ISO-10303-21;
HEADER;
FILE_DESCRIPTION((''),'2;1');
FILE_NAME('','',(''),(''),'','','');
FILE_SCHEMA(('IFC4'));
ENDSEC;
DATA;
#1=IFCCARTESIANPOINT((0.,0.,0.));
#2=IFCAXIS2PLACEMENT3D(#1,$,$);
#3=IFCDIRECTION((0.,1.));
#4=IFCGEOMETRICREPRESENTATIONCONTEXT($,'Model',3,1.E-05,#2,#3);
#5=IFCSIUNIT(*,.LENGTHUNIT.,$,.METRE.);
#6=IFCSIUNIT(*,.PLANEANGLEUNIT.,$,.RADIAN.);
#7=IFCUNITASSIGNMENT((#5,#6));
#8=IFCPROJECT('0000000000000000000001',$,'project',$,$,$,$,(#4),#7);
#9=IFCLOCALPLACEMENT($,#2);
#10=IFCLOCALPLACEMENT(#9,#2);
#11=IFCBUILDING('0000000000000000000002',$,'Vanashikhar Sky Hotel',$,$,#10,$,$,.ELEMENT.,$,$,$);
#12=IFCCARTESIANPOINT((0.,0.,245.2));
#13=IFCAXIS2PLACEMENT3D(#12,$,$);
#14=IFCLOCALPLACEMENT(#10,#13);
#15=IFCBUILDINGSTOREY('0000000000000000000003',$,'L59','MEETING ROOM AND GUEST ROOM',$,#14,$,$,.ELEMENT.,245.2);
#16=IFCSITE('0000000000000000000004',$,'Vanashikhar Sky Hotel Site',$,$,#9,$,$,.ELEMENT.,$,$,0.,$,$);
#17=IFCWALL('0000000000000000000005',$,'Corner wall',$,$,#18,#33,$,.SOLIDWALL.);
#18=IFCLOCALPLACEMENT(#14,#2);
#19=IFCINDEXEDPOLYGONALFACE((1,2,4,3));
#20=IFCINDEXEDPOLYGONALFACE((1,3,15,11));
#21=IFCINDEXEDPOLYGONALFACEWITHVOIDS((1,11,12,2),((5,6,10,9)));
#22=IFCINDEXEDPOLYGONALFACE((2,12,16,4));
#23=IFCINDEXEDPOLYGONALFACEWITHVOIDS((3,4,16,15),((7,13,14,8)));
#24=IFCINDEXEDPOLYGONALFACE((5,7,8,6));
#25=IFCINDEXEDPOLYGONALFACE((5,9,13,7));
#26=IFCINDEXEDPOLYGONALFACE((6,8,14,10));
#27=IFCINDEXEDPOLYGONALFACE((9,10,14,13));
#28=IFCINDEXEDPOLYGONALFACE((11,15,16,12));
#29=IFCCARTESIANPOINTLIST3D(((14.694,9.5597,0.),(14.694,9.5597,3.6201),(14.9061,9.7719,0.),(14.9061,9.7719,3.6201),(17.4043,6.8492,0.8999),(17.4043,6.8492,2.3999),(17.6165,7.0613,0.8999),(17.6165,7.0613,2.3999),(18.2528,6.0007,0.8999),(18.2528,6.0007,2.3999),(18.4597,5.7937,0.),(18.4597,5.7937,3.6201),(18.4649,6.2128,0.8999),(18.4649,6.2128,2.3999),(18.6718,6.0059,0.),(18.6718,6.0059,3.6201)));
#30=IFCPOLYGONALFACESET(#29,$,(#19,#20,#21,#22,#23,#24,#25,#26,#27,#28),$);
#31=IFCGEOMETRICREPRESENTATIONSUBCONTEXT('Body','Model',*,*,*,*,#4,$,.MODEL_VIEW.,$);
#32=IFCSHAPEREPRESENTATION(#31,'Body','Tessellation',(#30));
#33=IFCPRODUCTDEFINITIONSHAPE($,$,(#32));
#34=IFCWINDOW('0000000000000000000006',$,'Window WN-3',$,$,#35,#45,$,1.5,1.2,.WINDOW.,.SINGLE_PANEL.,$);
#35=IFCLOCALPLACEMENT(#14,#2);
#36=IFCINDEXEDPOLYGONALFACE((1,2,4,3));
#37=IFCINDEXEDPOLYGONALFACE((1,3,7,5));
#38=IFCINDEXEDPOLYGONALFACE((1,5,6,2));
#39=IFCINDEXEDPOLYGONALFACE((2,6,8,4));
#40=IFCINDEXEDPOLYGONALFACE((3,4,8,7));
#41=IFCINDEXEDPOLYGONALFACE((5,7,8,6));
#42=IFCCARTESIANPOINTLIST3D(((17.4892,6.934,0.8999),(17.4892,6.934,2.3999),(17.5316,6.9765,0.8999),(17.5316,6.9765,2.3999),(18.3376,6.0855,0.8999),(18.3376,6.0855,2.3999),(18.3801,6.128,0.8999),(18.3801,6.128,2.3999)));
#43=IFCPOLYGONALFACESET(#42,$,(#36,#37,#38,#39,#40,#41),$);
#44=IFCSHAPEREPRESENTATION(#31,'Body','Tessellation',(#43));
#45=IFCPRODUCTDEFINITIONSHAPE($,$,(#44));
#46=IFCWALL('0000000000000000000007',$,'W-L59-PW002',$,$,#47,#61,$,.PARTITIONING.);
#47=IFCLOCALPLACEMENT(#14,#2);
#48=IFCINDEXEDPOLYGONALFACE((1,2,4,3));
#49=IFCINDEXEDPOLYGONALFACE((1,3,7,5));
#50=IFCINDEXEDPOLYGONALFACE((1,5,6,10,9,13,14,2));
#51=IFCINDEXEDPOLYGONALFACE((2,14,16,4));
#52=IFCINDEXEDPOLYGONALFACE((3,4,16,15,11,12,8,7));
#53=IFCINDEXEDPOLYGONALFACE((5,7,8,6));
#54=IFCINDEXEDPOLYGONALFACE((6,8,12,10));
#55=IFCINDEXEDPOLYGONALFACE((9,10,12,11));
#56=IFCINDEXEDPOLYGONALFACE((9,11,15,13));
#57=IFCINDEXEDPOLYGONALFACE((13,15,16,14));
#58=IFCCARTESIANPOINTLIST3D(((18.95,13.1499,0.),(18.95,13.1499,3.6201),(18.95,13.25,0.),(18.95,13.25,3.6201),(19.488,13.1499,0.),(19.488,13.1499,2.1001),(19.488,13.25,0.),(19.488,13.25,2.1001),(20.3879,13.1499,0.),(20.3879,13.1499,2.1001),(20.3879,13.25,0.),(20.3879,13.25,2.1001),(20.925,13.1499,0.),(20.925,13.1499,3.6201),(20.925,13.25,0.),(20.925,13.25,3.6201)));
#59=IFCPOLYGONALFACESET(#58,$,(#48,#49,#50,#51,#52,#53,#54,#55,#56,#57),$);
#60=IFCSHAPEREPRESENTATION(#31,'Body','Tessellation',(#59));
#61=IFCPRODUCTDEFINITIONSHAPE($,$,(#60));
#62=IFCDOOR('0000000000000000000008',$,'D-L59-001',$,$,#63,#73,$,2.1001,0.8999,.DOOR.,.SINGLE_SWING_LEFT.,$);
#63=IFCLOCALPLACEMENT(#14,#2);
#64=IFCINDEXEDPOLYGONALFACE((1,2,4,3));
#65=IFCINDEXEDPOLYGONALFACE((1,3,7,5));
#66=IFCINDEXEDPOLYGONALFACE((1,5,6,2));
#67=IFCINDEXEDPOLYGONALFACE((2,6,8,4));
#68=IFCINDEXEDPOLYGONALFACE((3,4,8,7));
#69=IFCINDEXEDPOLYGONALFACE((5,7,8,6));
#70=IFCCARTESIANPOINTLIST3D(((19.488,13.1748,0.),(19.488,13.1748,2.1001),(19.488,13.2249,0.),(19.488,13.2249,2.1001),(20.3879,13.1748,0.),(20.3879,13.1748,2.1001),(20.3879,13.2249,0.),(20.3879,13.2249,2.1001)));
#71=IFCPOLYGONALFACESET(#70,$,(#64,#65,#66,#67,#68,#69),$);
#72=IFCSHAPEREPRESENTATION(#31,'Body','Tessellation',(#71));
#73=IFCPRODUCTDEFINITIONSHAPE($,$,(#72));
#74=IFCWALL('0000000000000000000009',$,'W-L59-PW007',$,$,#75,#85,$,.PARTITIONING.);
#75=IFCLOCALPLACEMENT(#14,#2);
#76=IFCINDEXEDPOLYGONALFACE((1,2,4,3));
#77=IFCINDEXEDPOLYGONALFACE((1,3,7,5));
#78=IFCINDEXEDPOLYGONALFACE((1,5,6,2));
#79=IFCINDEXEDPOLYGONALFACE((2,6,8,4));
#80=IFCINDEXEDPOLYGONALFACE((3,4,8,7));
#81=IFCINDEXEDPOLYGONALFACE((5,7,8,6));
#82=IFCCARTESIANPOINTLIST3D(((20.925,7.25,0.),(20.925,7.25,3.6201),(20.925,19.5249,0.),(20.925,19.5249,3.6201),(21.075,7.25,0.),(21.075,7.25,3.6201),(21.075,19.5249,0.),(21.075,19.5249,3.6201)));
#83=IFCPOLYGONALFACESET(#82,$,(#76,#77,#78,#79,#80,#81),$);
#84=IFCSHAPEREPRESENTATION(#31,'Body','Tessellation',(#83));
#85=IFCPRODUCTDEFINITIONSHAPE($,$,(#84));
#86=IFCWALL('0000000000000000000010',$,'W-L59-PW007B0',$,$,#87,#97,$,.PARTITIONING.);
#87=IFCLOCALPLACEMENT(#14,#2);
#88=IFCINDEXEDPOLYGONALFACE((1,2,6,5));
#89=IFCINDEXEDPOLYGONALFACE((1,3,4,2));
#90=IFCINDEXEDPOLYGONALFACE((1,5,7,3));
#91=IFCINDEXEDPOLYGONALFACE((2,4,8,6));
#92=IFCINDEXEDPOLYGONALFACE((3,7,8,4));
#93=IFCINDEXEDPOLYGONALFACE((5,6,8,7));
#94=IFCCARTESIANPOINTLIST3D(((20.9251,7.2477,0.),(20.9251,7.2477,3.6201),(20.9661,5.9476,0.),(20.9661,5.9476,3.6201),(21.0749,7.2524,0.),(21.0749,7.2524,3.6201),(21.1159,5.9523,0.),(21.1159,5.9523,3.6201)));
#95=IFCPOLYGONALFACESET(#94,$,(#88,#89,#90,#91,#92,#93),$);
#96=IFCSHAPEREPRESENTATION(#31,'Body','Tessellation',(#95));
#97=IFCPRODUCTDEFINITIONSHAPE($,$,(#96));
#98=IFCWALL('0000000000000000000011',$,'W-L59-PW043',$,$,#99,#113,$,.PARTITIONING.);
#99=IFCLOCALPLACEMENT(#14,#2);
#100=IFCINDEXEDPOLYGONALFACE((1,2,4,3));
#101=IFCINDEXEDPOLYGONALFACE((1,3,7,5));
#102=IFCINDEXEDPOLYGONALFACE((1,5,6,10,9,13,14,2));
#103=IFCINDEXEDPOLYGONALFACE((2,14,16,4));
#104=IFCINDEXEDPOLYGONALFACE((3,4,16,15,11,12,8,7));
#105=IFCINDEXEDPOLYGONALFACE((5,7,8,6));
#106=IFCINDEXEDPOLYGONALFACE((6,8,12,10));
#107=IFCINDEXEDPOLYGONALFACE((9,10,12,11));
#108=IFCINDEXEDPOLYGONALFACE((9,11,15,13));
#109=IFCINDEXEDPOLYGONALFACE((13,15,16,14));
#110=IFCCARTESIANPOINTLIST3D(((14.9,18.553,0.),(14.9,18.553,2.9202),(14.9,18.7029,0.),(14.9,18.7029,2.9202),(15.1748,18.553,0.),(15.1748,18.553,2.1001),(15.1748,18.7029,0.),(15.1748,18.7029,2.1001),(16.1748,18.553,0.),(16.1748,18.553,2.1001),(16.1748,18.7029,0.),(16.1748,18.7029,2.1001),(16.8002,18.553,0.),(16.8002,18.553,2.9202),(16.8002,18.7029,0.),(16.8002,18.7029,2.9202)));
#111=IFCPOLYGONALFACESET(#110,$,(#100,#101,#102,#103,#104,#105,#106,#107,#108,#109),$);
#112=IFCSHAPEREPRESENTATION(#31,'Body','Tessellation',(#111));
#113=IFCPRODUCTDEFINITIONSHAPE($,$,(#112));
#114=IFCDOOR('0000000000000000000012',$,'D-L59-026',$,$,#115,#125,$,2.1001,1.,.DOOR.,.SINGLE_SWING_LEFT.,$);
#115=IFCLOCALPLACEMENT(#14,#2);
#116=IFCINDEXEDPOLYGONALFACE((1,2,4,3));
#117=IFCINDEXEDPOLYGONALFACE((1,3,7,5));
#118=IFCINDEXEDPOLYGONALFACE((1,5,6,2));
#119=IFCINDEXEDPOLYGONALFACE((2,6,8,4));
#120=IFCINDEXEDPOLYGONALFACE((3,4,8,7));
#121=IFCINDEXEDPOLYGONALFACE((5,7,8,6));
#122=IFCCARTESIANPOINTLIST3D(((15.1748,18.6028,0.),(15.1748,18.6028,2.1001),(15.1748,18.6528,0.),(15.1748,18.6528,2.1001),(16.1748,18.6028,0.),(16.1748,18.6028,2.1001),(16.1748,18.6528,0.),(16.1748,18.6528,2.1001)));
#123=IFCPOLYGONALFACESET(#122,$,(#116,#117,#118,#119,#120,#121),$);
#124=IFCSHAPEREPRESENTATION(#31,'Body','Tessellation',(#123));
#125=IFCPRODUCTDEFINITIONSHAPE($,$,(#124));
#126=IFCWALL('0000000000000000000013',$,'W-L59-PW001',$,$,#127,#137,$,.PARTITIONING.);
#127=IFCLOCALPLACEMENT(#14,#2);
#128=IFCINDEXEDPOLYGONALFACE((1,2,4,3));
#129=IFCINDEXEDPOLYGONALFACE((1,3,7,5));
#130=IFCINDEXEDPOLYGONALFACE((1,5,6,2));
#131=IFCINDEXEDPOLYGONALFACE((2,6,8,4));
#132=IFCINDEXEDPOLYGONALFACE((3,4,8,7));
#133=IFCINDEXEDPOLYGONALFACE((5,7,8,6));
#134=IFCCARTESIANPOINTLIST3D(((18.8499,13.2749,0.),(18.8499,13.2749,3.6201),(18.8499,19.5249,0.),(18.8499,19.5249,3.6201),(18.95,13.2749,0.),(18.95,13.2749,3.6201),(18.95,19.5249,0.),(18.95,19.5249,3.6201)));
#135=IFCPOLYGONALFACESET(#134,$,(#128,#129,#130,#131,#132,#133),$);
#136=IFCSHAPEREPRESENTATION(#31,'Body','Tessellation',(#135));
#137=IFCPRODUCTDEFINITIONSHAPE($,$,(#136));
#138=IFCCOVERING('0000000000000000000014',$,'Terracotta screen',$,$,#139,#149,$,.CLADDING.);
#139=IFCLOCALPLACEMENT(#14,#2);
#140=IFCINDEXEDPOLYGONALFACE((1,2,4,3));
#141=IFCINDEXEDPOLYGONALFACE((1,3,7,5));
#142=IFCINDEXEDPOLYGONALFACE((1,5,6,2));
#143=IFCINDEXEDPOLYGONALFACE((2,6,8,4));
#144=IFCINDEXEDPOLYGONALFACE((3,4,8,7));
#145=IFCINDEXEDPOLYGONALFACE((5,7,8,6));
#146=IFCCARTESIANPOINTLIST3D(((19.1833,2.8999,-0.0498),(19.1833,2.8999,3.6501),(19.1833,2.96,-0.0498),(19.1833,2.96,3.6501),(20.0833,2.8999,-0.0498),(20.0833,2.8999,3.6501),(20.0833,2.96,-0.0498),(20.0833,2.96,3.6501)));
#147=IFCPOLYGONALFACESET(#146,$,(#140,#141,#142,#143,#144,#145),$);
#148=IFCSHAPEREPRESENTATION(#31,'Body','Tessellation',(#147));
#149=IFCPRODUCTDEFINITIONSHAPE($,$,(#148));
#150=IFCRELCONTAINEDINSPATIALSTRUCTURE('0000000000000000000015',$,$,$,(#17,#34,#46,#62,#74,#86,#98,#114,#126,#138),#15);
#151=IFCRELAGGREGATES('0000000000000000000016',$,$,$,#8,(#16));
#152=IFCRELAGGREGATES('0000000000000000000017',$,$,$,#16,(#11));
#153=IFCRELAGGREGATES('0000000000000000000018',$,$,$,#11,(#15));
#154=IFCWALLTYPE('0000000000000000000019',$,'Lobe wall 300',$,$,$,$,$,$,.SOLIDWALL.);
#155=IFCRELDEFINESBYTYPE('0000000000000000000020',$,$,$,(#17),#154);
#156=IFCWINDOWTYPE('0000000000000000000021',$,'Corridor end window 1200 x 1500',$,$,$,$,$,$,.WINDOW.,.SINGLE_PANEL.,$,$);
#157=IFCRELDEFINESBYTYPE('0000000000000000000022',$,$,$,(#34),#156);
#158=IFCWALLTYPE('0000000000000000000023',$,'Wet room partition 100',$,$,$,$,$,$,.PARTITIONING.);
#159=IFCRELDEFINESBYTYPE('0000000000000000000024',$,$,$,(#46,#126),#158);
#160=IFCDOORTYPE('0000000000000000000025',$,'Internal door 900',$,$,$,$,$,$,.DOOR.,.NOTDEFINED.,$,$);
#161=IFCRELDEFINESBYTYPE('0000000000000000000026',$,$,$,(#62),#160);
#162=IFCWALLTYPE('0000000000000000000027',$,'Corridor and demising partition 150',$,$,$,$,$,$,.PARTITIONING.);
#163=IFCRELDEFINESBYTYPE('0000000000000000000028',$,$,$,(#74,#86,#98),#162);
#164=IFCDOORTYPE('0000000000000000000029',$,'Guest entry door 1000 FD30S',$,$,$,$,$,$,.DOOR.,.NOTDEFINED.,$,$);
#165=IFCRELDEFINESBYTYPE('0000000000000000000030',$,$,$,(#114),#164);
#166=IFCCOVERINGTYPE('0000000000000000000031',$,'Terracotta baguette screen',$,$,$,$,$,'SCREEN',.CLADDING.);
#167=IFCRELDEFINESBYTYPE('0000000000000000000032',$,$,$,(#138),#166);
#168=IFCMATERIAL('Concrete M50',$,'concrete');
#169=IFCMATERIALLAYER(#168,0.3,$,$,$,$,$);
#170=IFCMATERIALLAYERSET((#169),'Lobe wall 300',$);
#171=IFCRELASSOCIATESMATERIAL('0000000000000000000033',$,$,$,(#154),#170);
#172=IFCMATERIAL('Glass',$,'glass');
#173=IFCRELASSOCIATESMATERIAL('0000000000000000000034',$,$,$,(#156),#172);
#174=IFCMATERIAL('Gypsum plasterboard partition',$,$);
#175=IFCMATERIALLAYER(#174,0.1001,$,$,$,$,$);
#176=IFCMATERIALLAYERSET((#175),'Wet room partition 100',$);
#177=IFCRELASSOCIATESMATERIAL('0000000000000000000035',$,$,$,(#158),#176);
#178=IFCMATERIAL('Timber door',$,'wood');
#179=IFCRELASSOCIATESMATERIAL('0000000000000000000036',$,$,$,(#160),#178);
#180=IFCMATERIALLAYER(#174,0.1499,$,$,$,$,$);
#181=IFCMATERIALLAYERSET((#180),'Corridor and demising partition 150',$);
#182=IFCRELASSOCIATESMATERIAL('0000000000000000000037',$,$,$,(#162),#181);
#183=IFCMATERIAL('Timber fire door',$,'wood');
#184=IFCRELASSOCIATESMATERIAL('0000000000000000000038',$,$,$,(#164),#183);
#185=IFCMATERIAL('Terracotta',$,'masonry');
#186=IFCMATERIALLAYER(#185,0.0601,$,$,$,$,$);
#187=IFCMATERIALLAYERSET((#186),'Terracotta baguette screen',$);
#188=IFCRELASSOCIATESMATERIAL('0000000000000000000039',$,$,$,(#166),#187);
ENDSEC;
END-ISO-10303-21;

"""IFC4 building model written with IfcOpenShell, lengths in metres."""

from ifc_helpers import new_model, si_unit, direction, frame, frame_2d, origin, origin_2d, place, context, subcontext, project, spatial, rectangle, extrude, source, transform, mapped, material, layer, layer_set, type_object, element, fill, save


model = new_model("IFC4")

# Units and contexts
model_context = context("Model", 3, precision=1e-05, world=origin(), true_north=direction((0.0, 1.0)))
body_context = subcontext(model_context, "Body", "Model", "MODEL_VIEW")
ifc_project = project(units=[si_unit("LENGTHUNIT", "METRE"), si_unit("PLANEANGLEUNIT", "RADIAN")], contexts=[model_context])

# Site, building, storey
site_placement = place(None, origin())
site = spatial("IfcSite", under=ifc_project, at=site_placement, Name="Vanashikhar Sky Hotel Site", CompositionType="ELEMENT", RefElevation=0.0)
building_placement = place(site_placement, origin())
building = spatial("IfcBuilding", under=site, at=building_placement, Name="Vanashikhar Sky Hotel", CompositionType="ELEMENT")
storey_placement = place(building_placement, frame((0.0, 0.0, 245.2)))
storey = spatial("IfcBuildingStorey", under=building, at=storey_placement, Name="L59", Description="MEETING ROOM AND GUEST ROOM", CompositionType="ELEMENT", Elevation=245.2)

# Shared definitions
ifc_material_1 = material(Name="Concrete M50", Category="concrete")

# Shared definitions
ifc_material_2 = material(Name="Glass", Category="glass")

# Wall, opening, window
ifc_layer_1 = layer(ifc_material_1, 0.3)
ifc_layer_set_1 = layer_set([ifc_layer_1], Name="Lobe wall 300")
wall_type_1 = type_object("IfcWallType", Name="Lobe wall 300", PredefinedType="SOLIDWALL", material=ifc_layer_set_1)
shared_shape_1 = source(origin(), body_context, "Body", "SweptSolid", [
    extrude(rectangle(XDim=5.3257, YDim=0.3, at=frame_2d((2.6628, 0.0))), origin(), (0.0, 0.0, 1.0), 3.6201),
])
wall_1_placement = place(storey_placement, frame((14.8, 9.6658, 0.0), z_axis=(0.0, 0.0, 1.0), x_axis=(0.707084, -0.70713, 0.0)))
wall_1 = element("IfcWall", 1, at=wall_1_placement, inside=storey, type_object=wall_type_1, Name="Corner wall", PredefinedType="SOLIDWALL", context=body_context, shape_type="MappedRepresentation", body=[
    mapped(shared_shape_1, transform((0.0, 0.0, 0.0), scale=1.0)),
])
shared_shape_2 = source(origin(), body_context, "Body", "SweptSolid", [
    extrude(rectangle(XDim=1.2, YDim=1.5, at=frame_2d((0.6001, 0.75))), frame((0.0, 0.1602, 0.0), z_axis=(0.0, -1.0, 0.0), x_axis=(1.0, 0.0, 0.0)), (0.0, 0.0, 1.0), 0.3201),
])
opening_1_placement = place(wall_1_placement, frame((3.833, 0.0, 0.8999)))
opening_1 = element("IfcOpeningElement", 2, at=opening_1_placement, cuts=wall_1, PredefinedType="OPENING", context=body_context, shape_type="MappedRepresentation", body=[
    mapped(shared_shape_2, transform((0.0, 0.0, 0.0), scale=1.0)),
])
window_type_1 = type_object("IfcWindowType", Name="Corridor end window 1200 x 1500", PartitioningType="SINGLE_PANEL", PredefinedType="WINDOW", material=ifc_material_2)
shared_shape_3 = source(origin(), body_context, "Body", "SweptSolid", [
    extrude(rectangle(XDim=1.2, YDim=1.5, at=frame_2d((0.6001, 0.75))), frame((0.0, 0.03, 0.0), z_axis=(0.0, -1.0, 0.0), x_axis=(1.0, 0.0, 0.0)), (0.0, 0.0, 1.0), 0.0601),
])
window_1_placement = place(opening_1_placement, origin())
window_1 = element("IfcWindow", 3, at=window_1_placement, inside=storey, type_object=window_type_1, Name="Window WN-3", OverallHeight=1.5, OverallWidth=1.2, PartitioningType="SINGLE_PANEL", PredefinedType="WINDOW", context=body_context, shape_type="MappedRepresentation", body=[
    mapped(shared_shape_3, transform((0.0, 0.0, 0.0), scale=1.0)),
])
fill(opening_1, window_1)

# Wall, opening, door
ifc_material_3 = material(Name="Gypsum plasterboard partition")
ifc_layer_2 = layer(ifc_material_3, 0.1001)
ifc_layer_set_2 = layer_set([ifc_layer_2], Name="Wet room partition 100")
wall_type_2 = type_object("IfcWallType", Name="Wet room partition 100", PredefinedType="PARTITIONING", material=ifc_layer_set_2)
shared_shape_4 = source(origin(), body_context, "Body", "SweptSolid", [
    extrude(rectangle(XDim=1.9751, YDim=0.1001, at=frame_2d((0.9875, 0.0))), origin(), (0.0, 0.0, 1.0), 3.6201),
])
wall_2_placement = place(storey_placement, frame((18.95, 13.2, 0.0), z_axis=(0.0, 0.0, 1.0), x_axis=(1.0, 0.0, 0.0)))
wall_2 = element("IfcWall", 4, at=wall_2_placement, inside=storey, type_object=wall_type_2, Name="W-L59-PW002", PredefinedType="PARTITIONING", context=body_context, shape_type="MappedRepresentation", body=[
    mapped(shared_shape_4, transform((0.0, 0.0, 0.0), scale=1.0)),
])
shared_shape_5 = source(origin(), body_context, "Body", "SweptSolid", [
    extrude(rectangle(XDim=0.8999, YDim=2.1001, at=frame_2d((0.45, 1.05))), frame((0.0, 0.0601, 0.0), z_axis=(0.0, -1.0, 0.0), x_axis=(1.0, 0.0, 0.0)), (0.0, 0.0, 1.0), 0.1201),
])
opening_2_placement = place(wall_2_placement, frame((0.5381, 0.0, 0.0)))
opening_2 = element("IfcOpeningElement", 5, at=opening_2_placement, cuts=wall_2, PredefinedType="OPENING", context=body_context, shape_type="MappedRepresentation", body=[
    mapped(shared_shape_5, transform((0.0, 0.0, 0.0), scale=1.0)),
])
ifc_material_4 = material(Name="Timber door", Category="wood")
door_type_1 = type_object("IfcDoorType", Name="Internal door 900", OperationType="NOTDEFINED", PredefinedType="DOOR", material=ifc_material_4)
shared_shape_6 = source(origin(), body_context, "Body", "SweptSolid", [
    extrude(rectangle(XDim=0.8999, YDim=2.1001, at=frame_2d((0.45, 1.05))), frame((0.0, 0.0249, 0.0), z_axis=(0.0, -1.0, 0.0), x_axis=(1.0, 0.0, 0.0)), (0.0, 0.0, 1.0), 0.05),
])
door_1_placement = place(opening_2_placement, origin())
door_1 = element("IfcDoor", 6, at=door_1_placement, inside=storey, type_object=door_type_1, Name="D-L59-001", OperationType="SINGLE_SWING_LEFT", OverallHeight=2.1001, OverallWidth=0.8999, PredefinedType="DOOR", context=body_context, shape_type="MappedRepresentation", body=[
    mapped(shared_shape_6, transform((0.0, 0.0, 0.0), scale=1.0)),
])
fill(opening_2, door_1)

# Walls
ifc_layer_3 = layer(ifc_material_3, 0.1499)
ifc_layer_set_3 = layer_set([ifc_layer_3], Name="Corridor and demising partition 150")
wall_type_3 = type_object("IfcWallType", Name="Corridor and demising partition 150", PredefinedType="PARTITIONING", material=ifc_layer_set_3)
shared_shape_7 = source(origin(), body_context, "Body", "SweptSolid", [
    extrude(rectangle(XDim=12.2749, YDim=0.1499, at=frame_2d((6.1375, 0.0))), origin(), (0.0, 0.0, 1.0), 3.6201),
])
wall_3_placement = place(storey_placement, frame((21.0, 7.25, 0.0), z_axis=(0.0, 0.0, 1.0), x_axis=(0.0, 1.0, 0.0)))
element("IfcWall", 7, at=wall_3_placement, inside=storey, type_object=wall_type_3, Name="W-L59-PW007", PredefinedType="PARTITIONING", context=body_context, shape_type="MappedRepresentation", body=[
    mapped(shared_shape_7, transform((0.0, 0.0, 0.0), scale=1.0)),
])
shared_shape_8 = source(origin(), body_context, "Body", "SweptSolid", [
    extrude(rectangle(XDim=1.3008, YDim=0.1499, at=frame_2d((0.6504, 0.0))), origin(), (0.0, 0.0, 1.0), 3.6201),
])
wall_4_placement = place(storey_placement, frame((21.041, 5.95, 0.0), z_axis=(0.0, 0.0, 1.0), x_axis=(-0.031534, 0.999503, 0.0)))
element("IfcWall", 8, at=wall_4_placement, inside=storey, type_object=wall_type_3, Name="W-L59-PW007B0", PredefinedType="PARTITIONING", context=body_context, shape_type="MappedRepresentation", body=[
    mapped(shared_shape_8, transform((0.0, 0.0, 0.0), scale=1.0)),
])

# Wall, opening, door
shared_shape_9 = source(origin(), body_context, "Body", "SweptSolid", [
    extrude(rectangle(XDim=1.9001, YDim=0.1499, at=frame_2d((0.9502, 0.0))), origin(), (0.0, 0.0, 1.0), 2.9202),
])
wall_5_placement = place(storey_placement, frame((14.8999, 18.6279, 0.0), z_axis=(0.0, 0.0, 1.0), x_axis=(1.0, 0.0, 0.0)))
wall_5 = element("IfcWall", 9, at=wall_5_placement, inside=storey, type_object=wall_type_3, Name="W-L59-PW043", PredefinedType="PARTITIONING", context=body_context, shape_type="MappedRepresentation", body=[
    mapped(shared_shape_9, transform((0.0, 0.0, 0.0), scale=1.0)),
])
shared_shape_10 = source(origin(), body_context, "Body", "SweptSolid", [
    extrude(rectangle(XDim=1.0, YDim=2.1001, at=frame_2d((0.5, 1.05))), frame((0.0, 0.085, 0.0), z_axis=(0.0, -1.0, 0.0), x_axis=(1.0, 0.0, 0.0)), (0.0, 0.0, 1.0), 0.1699),
])
opening_3_placement = place(wall_5_placement, frame((0.2749, 0.0, 0.0)))
opening_3 = element("IfcOpeningElement", 10, at=opening_3_placement, cuts=wall_5, PredefinedType="OPENING", context=body_context, shape_type="MappedRepresentation", body=[
    mapped(shared_shape_10, transform((0.0, 0.0, 0.0), scale=1.0)),
])
ifc_material_5 = material(Name="Timber fire door", Category="wood")
door_type_2 = type_object("IfcDoorType", Name="Guest entry door 1000 FD30S", OperationType="NOTDEFINED", PredefinedType="DOOR", material=ifc_material_5)
shared_shape_11 = source(origin(), body_context, "Body", "SweptSolid", [
    extrude(rectangle(XDim=1.0, YDim=2.1001, at=frame_2d((0.5, 1.05))), frame((0.0, 0.0249, 0.0), z_axis=(0.0, -1.0, 0.0), x_axis=(1.0, 0.0, 0.0)), (0.0, 0.0, 1.0), 0.05),
])
door_2_placement = place(opening_3_placement, origin())
door_2 = element("IfcDoor", 11, at=door_2_placement, inside=storey, type_object=door_type_2, Name="D-L59-026", OperationType="SINGLE_SWING_LEFT", OverallHeight=2.1001, OverallWidth=1.0, PredefinedType="DOOR", context=body_context, shape_type="MappedRepresentation", body=[
    mapped(shared_shape_11, transform((0.0, 0.0, 0.0), scale=1.0)),
])
fill(opening_3, door_2)

# Wall
shared_shape_12 = source(origin(), body_context, "Body", "SweptSolid", [
    extrude(rectangle(XDim=6.25, YDim=0.1001, at=frame_2d((3.125, 0.0))), origin(), (0.0, 0.0, 1.0), 3.6201),
])
wall_6_placement = place(storey_placement, frame((18.8999, 13.2749, 0.0), z_axis=(0.0, 0.0, 1.0), x_axis=(0.0, 1.0, 0.0)))
element("IfcWall", 12, at=wall_6_placement, inside=storey, type_object=wall_type_2, Name="W-L59-PW001", PredefinedType="PARTITIONING", context=body_context, shape_type="MappedRepresentation", body=[
    mapped(shared_shape_12, transform((0.0, 0.0, 0.0), scale=1.0)),
])

# Covering
ifc_material_6 = material(Name="Terracotta", Category="masonry")
ifc_layer_4 = layer(ifc_material_6, 0.0601)
ifc_layer_set_4 = layer_set([ifc_layer_4], Name="Terracotta baguette screen")
covering_type = type_object("IfcCoveringType", Name="Terracotta baguette screen", ElementType="SCREEN", PredefinedType="CLADDING", material=ifc_layer_set_4)
shared_shape_13 = source(origin(), body_context, "Body", "SweptSolid", [
    extrude(rectangle(XDim=0.8999, YDim=0.0601, at=origin_2d()), origin(), (0.0, 0.0, 1.0), 3.7),
])
for number, where, z_axis, x_axis, name in (
    (13, (19.6333, 2.9299, -0.0498), (0.0, 0.0, 1.0), (1.0, 0.0, 0.0), "Terracotta screen"),
):
    element("IfcCovering", number, at=place(storey_placement, frame(where, z_axis=z_axis, x_axis=x_axis)), inside=storey, type_object=covering_type, Name=name, PredefinedType="CLADDING", context=body_context, shape_type="MappedRepresentation", body=[
        mapped(shared_shape_13, transform((0.0, 0.0, 0.0), scale=1.0)),
    ])

save(model, "model.ifc")
